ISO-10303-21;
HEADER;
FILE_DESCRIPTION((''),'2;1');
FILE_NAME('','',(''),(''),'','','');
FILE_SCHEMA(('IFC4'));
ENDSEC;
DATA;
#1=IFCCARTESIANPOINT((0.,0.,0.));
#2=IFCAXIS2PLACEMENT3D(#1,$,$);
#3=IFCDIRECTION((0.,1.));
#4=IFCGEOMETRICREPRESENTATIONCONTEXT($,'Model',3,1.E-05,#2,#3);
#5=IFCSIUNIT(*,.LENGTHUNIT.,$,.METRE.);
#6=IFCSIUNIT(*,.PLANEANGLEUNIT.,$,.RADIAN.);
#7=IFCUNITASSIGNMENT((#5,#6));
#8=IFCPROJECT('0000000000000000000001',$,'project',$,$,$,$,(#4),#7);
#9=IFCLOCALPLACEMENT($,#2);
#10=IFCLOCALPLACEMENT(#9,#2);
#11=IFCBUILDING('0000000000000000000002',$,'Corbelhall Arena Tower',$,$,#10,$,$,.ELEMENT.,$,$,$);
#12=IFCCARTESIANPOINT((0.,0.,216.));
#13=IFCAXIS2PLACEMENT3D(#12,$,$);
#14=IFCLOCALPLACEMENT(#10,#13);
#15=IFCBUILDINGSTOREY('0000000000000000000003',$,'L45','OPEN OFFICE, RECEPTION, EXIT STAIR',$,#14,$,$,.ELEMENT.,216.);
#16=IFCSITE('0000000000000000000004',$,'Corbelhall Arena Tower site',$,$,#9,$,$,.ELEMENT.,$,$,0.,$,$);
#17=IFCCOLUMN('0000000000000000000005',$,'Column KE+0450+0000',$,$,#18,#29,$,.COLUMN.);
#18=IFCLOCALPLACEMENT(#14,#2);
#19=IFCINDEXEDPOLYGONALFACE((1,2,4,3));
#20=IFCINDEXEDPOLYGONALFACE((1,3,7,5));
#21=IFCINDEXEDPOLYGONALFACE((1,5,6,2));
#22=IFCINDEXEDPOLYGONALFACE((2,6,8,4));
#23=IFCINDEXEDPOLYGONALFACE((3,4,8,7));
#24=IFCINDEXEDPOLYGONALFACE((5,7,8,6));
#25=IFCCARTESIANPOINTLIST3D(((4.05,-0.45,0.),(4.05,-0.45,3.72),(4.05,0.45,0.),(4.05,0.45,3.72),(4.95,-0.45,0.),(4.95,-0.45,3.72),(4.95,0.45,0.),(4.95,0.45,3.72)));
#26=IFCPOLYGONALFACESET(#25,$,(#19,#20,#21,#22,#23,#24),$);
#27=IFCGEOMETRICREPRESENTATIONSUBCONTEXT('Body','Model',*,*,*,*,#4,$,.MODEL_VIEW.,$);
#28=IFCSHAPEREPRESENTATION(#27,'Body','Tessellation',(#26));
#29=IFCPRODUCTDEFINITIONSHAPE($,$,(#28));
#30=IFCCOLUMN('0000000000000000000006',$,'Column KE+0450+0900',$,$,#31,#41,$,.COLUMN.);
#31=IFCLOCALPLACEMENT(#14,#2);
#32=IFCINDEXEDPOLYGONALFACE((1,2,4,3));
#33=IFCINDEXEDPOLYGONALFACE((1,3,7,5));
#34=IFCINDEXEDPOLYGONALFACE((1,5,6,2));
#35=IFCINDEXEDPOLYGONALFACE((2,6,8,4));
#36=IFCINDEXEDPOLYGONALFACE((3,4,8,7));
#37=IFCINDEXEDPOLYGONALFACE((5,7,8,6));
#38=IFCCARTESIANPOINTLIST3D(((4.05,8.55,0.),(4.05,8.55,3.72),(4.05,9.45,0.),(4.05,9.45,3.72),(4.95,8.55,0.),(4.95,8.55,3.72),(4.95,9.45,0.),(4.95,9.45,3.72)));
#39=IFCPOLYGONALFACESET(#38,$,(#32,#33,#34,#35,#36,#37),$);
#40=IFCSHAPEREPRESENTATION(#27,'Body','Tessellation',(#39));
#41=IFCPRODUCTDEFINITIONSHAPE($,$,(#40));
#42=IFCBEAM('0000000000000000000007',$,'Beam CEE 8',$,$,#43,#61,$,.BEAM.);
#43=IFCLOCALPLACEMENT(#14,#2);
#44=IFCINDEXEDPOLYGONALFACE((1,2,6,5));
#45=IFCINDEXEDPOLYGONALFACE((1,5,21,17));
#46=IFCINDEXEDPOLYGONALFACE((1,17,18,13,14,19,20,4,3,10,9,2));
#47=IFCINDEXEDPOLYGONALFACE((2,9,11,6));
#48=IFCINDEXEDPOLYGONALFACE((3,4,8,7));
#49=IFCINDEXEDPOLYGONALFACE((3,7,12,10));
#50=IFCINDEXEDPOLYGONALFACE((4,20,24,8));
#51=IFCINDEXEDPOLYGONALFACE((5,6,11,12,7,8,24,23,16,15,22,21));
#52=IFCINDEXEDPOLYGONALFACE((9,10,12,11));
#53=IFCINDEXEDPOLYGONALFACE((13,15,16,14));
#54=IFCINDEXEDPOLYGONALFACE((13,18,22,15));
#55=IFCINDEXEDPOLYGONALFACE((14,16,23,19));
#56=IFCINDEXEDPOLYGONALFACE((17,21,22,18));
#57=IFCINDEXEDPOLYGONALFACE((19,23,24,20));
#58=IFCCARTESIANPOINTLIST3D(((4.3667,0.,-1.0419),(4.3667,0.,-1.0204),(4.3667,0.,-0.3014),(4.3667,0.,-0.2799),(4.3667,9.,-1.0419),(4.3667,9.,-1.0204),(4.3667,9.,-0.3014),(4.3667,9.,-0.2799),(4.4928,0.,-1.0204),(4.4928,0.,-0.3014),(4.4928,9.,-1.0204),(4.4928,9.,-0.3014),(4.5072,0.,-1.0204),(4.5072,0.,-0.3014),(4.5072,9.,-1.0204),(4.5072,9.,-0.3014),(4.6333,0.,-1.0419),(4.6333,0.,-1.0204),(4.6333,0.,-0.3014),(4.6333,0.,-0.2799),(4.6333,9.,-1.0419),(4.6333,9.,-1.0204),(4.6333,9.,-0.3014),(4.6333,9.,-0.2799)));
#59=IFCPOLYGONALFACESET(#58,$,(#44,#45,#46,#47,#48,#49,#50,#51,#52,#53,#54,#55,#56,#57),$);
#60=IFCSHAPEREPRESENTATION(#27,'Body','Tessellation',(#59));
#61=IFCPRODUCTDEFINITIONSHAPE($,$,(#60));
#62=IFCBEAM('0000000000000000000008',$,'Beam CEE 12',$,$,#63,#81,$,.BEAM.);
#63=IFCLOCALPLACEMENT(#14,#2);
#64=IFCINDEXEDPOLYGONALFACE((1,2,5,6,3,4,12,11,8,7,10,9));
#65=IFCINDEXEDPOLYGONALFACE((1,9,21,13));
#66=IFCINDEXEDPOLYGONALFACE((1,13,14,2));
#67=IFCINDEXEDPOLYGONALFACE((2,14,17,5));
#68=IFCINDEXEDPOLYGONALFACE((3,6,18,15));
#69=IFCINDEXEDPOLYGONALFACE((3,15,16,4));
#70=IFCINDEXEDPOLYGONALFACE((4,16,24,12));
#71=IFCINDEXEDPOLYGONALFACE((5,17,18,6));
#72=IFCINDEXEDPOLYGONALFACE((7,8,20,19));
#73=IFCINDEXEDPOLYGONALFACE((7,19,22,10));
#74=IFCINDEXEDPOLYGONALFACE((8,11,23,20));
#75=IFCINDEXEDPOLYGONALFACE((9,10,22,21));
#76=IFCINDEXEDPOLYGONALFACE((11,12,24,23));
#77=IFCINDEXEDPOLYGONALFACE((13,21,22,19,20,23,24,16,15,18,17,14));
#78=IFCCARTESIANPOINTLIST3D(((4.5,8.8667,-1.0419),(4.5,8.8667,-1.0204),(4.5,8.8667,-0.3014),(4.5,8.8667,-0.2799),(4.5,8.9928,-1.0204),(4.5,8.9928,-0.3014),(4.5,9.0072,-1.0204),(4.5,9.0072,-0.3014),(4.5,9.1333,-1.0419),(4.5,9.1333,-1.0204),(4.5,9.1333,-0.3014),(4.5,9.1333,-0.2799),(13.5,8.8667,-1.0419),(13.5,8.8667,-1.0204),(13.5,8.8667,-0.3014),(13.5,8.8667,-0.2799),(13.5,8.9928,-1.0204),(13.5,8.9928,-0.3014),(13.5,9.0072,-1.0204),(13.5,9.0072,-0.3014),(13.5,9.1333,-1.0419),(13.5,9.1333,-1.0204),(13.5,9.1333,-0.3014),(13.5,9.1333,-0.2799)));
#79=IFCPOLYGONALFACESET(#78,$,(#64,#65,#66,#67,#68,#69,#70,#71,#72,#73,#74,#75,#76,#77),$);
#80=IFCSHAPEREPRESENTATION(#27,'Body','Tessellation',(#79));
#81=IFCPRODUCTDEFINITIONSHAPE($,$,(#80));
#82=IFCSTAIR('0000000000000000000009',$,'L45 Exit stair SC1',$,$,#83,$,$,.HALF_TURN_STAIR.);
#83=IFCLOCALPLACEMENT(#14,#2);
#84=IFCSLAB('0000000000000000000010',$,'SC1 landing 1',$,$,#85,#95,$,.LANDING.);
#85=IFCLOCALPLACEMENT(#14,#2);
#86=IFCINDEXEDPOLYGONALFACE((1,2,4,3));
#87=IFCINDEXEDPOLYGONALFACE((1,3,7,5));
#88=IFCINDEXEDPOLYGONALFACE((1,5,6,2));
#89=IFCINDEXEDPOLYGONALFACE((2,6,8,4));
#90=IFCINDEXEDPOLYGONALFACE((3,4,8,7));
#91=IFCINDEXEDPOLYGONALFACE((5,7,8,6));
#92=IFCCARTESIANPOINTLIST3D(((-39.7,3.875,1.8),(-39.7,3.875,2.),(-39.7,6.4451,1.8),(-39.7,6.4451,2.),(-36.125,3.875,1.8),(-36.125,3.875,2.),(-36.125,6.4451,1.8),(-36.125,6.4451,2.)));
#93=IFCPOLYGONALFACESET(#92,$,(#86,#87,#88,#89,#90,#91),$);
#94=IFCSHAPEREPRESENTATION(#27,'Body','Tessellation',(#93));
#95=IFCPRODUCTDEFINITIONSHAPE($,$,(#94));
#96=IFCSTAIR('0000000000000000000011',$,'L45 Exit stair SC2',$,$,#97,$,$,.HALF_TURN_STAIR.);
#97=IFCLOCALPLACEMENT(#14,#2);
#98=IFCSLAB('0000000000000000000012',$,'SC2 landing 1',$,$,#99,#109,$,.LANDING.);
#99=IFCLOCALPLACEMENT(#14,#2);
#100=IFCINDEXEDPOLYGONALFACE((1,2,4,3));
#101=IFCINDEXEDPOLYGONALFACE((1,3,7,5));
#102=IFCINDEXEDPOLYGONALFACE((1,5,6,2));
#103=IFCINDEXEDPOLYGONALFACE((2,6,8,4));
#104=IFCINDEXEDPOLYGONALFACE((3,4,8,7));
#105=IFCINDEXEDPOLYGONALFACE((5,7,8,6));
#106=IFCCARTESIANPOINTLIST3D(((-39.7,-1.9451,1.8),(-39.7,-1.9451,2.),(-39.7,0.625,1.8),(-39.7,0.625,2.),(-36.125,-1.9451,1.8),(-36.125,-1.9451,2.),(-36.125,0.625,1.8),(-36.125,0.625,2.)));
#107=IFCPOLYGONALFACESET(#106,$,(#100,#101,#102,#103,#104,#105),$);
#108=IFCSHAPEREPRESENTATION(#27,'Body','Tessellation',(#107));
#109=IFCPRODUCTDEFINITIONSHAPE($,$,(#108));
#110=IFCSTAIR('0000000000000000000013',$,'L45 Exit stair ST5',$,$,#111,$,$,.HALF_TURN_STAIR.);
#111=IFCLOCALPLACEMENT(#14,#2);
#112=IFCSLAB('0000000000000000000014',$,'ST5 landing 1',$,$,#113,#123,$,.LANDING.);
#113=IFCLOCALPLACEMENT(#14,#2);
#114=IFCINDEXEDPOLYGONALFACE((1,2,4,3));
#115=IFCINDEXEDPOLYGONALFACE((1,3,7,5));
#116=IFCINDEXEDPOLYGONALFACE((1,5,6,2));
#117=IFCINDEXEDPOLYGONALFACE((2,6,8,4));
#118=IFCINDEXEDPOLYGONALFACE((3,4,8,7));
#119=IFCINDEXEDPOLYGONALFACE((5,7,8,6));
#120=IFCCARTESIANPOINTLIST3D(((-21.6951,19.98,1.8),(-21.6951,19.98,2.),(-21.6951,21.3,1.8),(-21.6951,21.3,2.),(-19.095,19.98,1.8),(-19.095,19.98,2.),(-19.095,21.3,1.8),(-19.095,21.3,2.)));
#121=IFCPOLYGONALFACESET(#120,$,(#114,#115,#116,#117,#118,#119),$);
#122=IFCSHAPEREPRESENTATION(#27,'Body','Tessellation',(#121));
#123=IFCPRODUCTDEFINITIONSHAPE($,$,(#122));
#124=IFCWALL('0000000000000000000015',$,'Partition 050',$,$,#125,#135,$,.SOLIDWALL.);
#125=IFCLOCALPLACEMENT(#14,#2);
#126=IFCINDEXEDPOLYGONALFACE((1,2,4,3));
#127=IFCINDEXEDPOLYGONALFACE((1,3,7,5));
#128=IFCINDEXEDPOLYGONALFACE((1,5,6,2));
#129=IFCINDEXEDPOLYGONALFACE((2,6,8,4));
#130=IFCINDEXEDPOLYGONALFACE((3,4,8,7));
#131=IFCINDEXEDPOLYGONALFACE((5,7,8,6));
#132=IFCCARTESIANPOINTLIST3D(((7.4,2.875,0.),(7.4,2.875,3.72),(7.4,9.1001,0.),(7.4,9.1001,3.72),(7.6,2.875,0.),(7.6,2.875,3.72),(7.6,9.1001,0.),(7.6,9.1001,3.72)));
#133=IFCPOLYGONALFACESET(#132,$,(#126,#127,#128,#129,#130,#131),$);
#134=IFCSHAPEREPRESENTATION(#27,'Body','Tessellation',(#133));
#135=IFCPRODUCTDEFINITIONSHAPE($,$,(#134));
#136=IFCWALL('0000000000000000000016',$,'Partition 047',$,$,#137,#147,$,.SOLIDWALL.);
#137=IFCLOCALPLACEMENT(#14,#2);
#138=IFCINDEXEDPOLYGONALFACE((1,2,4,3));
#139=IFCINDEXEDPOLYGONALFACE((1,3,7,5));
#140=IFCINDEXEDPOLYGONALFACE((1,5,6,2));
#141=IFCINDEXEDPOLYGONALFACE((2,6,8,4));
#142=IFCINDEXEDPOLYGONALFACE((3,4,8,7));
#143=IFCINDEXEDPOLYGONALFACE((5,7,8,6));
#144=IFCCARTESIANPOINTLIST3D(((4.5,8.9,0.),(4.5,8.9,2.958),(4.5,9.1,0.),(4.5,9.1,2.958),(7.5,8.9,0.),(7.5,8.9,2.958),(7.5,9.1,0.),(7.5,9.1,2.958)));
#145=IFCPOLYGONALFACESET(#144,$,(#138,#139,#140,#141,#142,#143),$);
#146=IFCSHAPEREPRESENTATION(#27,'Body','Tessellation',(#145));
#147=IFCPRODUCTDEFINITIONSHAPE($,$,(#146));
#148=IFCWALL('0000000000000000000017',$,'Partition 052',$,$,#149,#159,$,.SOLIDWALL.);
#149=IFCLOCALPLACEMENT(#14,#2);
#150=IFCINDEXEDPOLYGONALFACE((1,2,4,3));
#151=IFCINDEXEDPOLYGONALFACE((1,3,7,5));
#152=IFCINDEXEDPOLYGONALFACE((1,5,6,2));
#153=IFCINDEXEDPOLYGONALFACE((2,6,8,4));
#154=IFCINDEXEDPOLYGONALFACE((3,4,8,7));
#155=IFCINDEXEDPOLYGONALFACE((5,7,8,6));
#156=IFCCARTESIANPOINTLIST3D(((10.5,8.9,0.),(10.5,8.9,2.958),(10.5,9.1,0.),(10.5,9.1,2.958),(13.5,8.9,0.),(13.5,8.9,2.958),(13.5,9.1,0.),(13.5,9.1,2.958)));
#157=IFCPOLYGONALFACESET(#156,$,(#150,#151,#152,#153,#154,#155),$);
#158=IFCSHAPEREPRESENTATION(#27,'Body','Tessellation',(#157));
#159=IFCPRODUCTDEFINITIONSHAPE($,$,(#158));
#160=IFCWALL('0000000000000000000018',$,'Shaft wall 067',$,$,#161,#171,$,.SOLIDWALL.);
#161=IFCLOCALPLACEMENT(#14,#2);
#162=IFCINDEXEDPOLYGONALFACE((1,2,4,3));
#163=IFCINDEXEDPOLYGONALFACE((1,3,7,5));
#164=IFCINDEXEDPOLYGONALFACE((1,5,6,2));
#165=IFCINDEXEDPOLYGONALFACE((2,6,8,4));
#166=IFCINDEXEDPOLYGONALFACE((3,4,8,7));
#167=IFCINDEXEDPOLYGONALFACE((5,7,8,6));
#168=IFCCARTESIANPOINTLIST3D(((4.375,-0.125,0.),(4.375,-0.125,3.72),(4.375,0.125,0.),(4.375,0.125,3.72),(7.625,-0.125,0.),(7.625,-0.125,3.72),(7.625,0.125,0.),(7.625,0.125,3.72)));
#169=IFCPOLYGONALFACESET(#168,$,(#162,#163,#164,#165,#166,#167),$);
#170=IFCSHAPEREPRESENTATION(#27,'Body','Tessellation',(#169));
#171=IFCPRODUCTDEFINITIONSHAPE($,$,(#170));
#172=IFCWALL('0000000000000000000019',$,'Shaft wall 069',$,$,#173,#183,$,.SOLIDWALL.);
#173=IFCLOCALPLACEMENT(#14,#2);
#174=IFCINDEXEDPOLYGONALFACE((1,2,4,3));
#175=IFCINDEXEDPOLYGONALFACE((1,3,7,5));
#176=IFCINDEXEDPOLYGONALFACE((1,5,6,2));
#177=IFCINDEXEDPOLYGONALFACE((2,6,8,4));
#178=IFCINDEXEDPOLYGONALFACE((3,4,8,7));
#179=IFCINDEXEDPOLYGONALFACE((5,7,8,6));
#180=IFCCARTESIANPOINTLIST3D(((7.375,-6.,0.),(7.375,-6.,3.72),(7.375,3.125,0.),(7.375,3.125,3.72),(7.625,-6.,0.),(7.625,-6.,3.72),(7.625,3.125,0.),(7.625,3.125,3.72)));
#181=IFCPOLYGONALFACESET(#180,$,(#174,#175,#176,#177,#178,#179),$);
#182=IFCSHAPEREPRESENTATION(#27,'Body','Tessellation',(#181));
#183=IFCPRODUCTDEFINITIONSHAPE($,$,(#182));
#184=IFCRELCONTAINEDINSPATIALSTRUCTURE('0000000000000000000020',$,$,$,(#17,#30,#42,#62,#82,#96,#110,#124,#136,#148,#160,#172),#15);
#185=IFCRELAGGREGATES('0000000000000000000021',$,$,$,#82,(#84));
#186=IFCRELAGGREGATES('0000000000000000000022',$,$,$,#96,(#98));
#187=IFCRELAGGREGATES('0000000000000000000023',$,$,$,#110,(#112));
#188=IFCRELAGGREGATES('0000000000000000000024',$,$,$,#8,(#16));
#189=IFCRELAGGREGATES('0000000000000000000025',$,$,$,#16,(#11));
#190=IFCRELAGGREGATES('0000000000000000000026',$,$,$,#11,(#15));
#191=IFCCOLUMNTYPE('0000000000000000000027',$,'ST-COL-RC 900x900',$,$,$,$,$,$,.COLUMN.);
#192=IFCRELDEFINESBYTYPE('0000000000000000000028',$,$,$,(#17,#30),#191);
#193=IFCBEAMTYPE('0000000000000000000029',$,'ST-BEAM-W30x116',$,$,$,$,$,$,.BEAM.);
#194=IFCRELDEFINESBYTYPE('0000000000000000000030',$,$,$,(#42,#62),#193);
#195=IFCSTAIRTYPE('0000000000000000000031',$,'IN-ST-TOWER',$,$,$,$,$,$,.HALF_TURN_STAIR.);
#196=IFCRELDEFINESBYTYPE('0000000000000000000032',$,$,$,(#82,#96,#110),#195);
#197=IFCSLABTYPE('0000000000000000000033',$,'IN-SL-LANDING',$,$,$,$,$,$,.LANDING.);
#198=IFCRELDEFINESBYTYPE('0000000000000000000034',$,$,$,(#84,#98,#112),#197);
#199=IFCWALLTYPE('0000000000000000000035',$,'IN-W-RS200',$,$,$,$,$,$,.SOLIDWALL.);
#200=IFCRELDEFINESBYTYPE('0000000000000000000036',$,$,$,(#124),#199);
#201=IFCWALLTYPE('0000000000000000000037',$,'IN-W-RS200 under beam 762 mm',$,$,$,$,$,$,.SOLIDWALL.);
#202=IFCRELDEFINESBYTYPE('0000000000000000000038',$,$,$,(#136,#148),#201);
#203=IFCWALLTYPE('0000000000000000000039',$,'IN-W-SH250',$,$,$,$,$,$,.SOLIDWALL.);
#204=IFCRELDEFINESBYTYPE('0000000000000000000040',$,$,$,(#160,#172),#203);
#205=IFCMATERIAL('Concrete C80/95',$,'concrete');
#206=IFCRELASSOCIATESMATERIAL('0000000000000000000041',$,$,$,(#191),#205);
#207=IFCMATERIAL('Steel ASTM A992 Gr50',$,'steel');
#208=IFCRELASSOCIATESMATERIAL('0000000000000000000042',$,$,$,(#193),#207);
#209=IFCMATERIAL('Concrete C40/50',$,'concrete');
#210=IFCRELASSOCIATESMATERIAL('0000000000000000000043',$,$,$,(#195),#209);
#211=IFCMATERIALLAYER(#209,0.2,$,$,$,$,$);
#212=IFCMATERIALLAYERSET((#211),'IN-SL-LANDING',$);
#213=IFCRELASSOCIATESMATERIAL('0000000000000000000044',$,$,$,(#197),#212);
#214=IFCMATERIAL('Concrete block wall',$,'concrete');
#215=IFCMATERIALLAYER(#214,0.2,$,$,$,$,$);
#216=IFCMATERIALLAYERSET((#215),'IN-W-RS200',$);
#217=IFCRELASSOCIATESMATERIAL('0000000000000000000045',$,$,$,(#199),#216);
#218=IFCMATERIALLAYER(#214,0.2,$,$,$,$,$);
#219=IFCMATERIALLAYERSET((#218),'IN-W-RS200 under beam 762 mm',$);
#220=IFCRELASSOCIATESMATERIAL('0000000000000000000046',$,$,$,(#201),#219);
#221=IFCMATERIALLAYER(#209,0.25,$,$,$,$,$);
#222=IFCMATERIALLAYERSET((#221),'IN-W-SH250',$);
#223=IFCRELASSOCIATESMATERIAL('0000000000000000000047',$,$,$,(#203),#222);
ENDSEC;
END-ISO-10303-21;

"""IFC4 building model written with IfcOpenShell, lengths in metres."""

from ifc_helpers import new_model, si_unit, direction, frame, frame_2d, origin, origin_2d, place, context, subcontext, project, spatial, polyline, rectangle, i_section, outline, extrude, material, layer, layer_set, material_profile, profile_set, type_object, element, aggregate, save


model = new_model("IFC4")

# Units and contexts
model_context = context("Model", 3, precision=1e-05, world=origin(), true_north=direction((0.0, 1.0)))
body_context = subcontext(model_context, "Body", "Model", "MODEL_VIEW")
ifc_project = project(units=[si_unit("LENGTHUNIT", "METRE"), si_unit("PLANEANGLEUNIT", "RADIAN")], contexts=[model_context])

# Site, building, storey
site_placement = place(None, origin())
site = spatial("IfcSite", under=ifc_project, at=site_placement, Name="Corbelhall Arena Tower site", CompositionType="ELEMENT", RefElevation=0.0)
building_placement = place(site_placement, origin())
building = spatial("IfcBuilding", under=site, at=building_placement, Name="Corbelhall Arena Tower", CompositionType="ELEMENT")
storey_placement = place(building_placement, frame((0.0, 0.0, 216.0)))
storey = spatial("IfcBuildingStorey", under=building, at=storey_placement, Name="L45", Description="OPEN OFFICE, RECEPTION, EXIT STAIR", CompositionType="ELEMENT", Elevation=216.0)

# Columns
ifc_material_1 = material(Name="Concrete C80/95", Category="concrete")
ifc_material_profile_1 = material_profile(ifc_material_1, rectangle(XDim=0.8999, YDim=0.8999, at=origin_2d()))
ifc_profile_set_1 = profile_set([ifc_material_profile_1], Name="Concrete C80/95")
column_type = type_object("IfcColumnType", Name="ST-COL-RC 900x900", PredefinedType="COLUMN", material=ifc_profile_set_1)
for number, where, z_axis, x_axis, name in (
    (1, (4.5, 0.0, 0.0), (0.0, 0.0, 1.0), (1.0, 0.0, 0.0), "Column KE+0450+0000"),
    (2, (4.5, 9.0, 0.0), (0.0, 0.0, 1.0), (1.0, 0.0, 0.0), "Column KE+0450+0900"),
):
    element("IfcColumn", number, at=place(storey_placement, frame(where, z_axis=z_axis, x_axis=x_axis)), inside=storey, type_object=column_type, Name=name, PredefinedType="COLUMN", context=body_context, shape_type="SweptSolid", body=[
        extrude(rectangle(XDim=0.8999, YDim=0.8999, at=origin_2d()), origin(), (0.0, 0.0, 1.0), 3.72),
    ])

# Beams
ifc_material_2 = material(Name="Steel ASTM A992 Gr50", Category="steel")
ifc_material_profile_2 = material_profile(ifc_material_2, i_section(OverallWidth=0.2666, OverallDepth=0.762, WebThickness=0.0144, FlangeThickness=0.0215, at=origin_2d()))
ifc_profile_set_2 = profile_set([ifc_material_profile_2], Name="Steel ASTM A992 Gr50")
beam_type = type_object("IfcBeamType", Name="ST-BEAM-W30x116", PredefinedType="BEAM", material=ifc_profile_set_2)
for number, where, z_axis, x_axis, name in (
    (3, (4.5, 0.0, -0.6609), (0.0, 1.0, 0.0), (-1.0, 0.0, 0.0), "Beam CEE 8"),
    (4, (4.5, 9.0, -0.6609), (1.0, 0.0, 0.0), (0.0, 1.0, 0.0), "Beam CEE 12"),
):
    element("IfcBeam", number, at=place(storey_placement, frame(where, z_axis=z_axis, x_axis=x_axis)), inside=storey, type_object=beam_type, Name=name, PredefinedType="BEAM", context=body_context, shape_type="SweptSolid", body=[
        extrude(i_section(OverallWidth=0.2666, OverallDepth=0.762, WebThickness=0.0144, FlangeThickness=0.0215, at=origin_2d()), origin(), (0.0, 0.0, 1.0), 9.0),
    ])

# Stairs, slabs
ifc_material_3 = material(Name="Concrete C40/50", Category="concrete")
stair_type = type_object("IfcStairType", Name="IN-ST-TOWER", PredefinedType="HALF_TURN_STAIR", material=ifc_material_3)
stair_1_placement = place(storey_placement, origin())
stair_1 = element("IfcStair", 5, at=stair_1_placement, inside=storey, type_object=stair_type, Name="L45 Exit stair SC1", PredefinedType="HALF_TURN_STAIR")
ifc_layer_1 = layer(ifc_material_3, 0.2)
ifc_layer_set_1 = layer_set([ifc_layer_1], Name="IN-SL-LANDING")
slab_type = type_object("IfcSlabType", Name="IN-SL-LANDING", PredefinedType="LANDING", material=ifc_layer_set_1)
slab_1_placement = place(storey_placement, frame((0.0, 0.0, 1.8)))
slab_1 = element("IfcSlab", 6, at=slab_1_placement, type_object=slab_type, Name="SC1 landing 1", PredefinedType="LANDING", context=body_context, shape_type="SweptSolid", body=[
    extrude(outline(polyline([(-39.7, 6.4451), (-39.7, 3.875), (-36.125, 3.875), (-36.125, 6.4451), (-39.7, 6.4451)])), origin(), (0.0, 0.0, 1.0), 0.2),
])
aggregate(stair_1, [slab_1])
stair_2_placement = place(storey_placement, origin())
stair_2 = element("IfcStair", 7, at=stair_2_placement, inside=storey, type_object=stair_type, Name="L45 Exit stair SC2", PredefinedType="HALF_TURN_STAIR")
slab_2_placement = place(storey_placement, frame((0.0, 0.0, 1.8)))
slab_2 = element("IfcSlab", 8, at=slab_2_placement, type_object=slab_type, Name="SC2 landing 1", PredefinedType="LANDING", context=body_context, shape_type="SweptSolid", body=[
    extrude(outline(polyline([(-36.125, -1.9451), (-36.125, 0.625), (-39.7, 0.625), (-39.7, -1.9451), (-36.125, -1.9451)])), origin(), (0.0, 0.0, 1.0), 0.2),
])
aggregate(stair_2, [slab_2])
stair_3_placement = place(storey_placement, origin())
stair_3 = element("IfcStair", 9, at=stair_3_placement, inside=storey, type_object=stair_type, Name="L45 Exit stair ST5", PredefinedType="HALF_TURN_STAIR")
slab_3_placement = place(storey_placement, frame((0.0, 0.0, 1.8)))
slab_3 = element("IfcSlab", 10, at=slab_3_placement, type_object=slab_type, Name="ST5 landing 1", PredefinedType="LANDING", context=body_context, shape_type="SweptSolid", body=[
    extrude(outline(polyline([(-19.095, 19.98), (-19.095, 21.3), (-21.6951, 21.3), (-21.6951, 19.98), (-19.095, 19.98)])), origin(), (0.0, 0.0, 1.0), 0.2),
])
aggregate(stair_3, [slab_3])

# Wall
ifc_material_4 = material(Name="Concrete block wall", Category="concrete")
ifc_layer_2 = layer(ifc_material_4, 0.2)
ifc_layer_set_2 = layer_set([ifc_layer_2], Name="IN-W-RS200")
wall_type_1 = type_object("IfcWallType", Name="IN-W-RS200", PredefinedType="SOLIDWALL", material=ifc_layer_set_2)
wall_1_placement = place(storey_placement, frame((7.5, 9.1001, 0.0), z_axis=(0.0, 0.0, 1.0), x_axis=(0.0, -1.0, 0.0)))
element("IfcWall", 11, at=wall_1_placement, inside=storey, type_object=wall_type_1, Name="Partition 050", PredefinedType="SOLIDWALL", context=body_context, shape_type="SweptSolid", body=[
    extrude(rectangle(XDim=6.2251, YDim=0.2, at=frame_2d((3.1125, 0.0))), origin(), (0.0, 0.0, 1.0), 3.72),
])

# Shared definitions
ifc_layer_3 = layer(ifc_material_4, 0.2)
ifc_layer_set_3 = layer_set([ifc_layer_3], Name="IN-W-RS200 under beam 762 mm")
wall_type_2 = type_object("IfcWallType", Name="IN-W-RS200 under beam 762 mm", PredefinedType="SOLIDWALL", material=ifc_layer_set_3)

# Walls
for number, where, z_axis, x_axis, name in (
    (12, (4.5, 9.0, 0.0), (0.0, 0.0, 1.0), (1.0, 0.0, 0.0), "Partition 047"),
    (13, (10.5, 9.0, 0.0), (0.0, 0.0, 1.0), (1.0, 0.0, 0.0), "Partition 052"),
):
    element("IfcWall", number, at=place(storey_placement, frame(where, z_axis=z_axis, x_axis=x_axis)), inside=storey, type_object=wall_type_2, Name=name, PredefinedType="SOLIDWALL", context=body_context, shape_type="SweptSolid", body=[
        extrude(rectangle(XDim=3.0, YDim=0.2, at=frame_2d((1.5, 0.0))), origin(), (0.0, 0.0, 1.0), 2.958),
    ])
ifc_layer_4 = layer(ifc_material_3, 0.25)
ifc_layer_set_4 = layer_set([ifc_layer_4], Name="IN-W-SH250")
wall_type_3 = type_object("IfcWallType", Name="IN-W-SH250", PredefinedType="SOLIDWALL", material=ifc_layer_set_4)
wall_2_placement = place(storey_placement, frame((4.375, 0.0, 0.0), z_axis=(0.0, 0.0, 1.0), x_axis=(1.0, 0.0, 0.0)))
element("IfcWall", 14, at=wall_2_placement, inside=storey, type_object=wall_type_3, Name="Shaft wall 067", PredefinedType="SOLIDWALL", context=body_context, shape_type="SweptSolid", body=[
    extrude(rectangle(XDim=3.25, YDim=0.25, at=frame_2d((1.625, 0.0))), origin(), (0.0, 0.0, 1.0), 3.72),
])
wall_3_placement = place(storey_placement, frame((7.5, 3.125, 0.0), z_axis=(0.0, 0.0, 1.0), x_axis=(0.0, -1.0, 0.0)))
element("IfcWall", 15, at=wall_3_placement, inside=storey, type_object=wall_type_3, Name="Shaft wall 069", PredefinedType="SOLIDWALL", context=body_context, shape_type="SweptSolid", body=[
    extrude(rectangle(XDim=9.125, YDim=0.25, at=frame_2d((4.5625, 0.0))), origin(), (0.0, 0.0, 1.0), 3.72),
])

save(model, "model.ifc")
